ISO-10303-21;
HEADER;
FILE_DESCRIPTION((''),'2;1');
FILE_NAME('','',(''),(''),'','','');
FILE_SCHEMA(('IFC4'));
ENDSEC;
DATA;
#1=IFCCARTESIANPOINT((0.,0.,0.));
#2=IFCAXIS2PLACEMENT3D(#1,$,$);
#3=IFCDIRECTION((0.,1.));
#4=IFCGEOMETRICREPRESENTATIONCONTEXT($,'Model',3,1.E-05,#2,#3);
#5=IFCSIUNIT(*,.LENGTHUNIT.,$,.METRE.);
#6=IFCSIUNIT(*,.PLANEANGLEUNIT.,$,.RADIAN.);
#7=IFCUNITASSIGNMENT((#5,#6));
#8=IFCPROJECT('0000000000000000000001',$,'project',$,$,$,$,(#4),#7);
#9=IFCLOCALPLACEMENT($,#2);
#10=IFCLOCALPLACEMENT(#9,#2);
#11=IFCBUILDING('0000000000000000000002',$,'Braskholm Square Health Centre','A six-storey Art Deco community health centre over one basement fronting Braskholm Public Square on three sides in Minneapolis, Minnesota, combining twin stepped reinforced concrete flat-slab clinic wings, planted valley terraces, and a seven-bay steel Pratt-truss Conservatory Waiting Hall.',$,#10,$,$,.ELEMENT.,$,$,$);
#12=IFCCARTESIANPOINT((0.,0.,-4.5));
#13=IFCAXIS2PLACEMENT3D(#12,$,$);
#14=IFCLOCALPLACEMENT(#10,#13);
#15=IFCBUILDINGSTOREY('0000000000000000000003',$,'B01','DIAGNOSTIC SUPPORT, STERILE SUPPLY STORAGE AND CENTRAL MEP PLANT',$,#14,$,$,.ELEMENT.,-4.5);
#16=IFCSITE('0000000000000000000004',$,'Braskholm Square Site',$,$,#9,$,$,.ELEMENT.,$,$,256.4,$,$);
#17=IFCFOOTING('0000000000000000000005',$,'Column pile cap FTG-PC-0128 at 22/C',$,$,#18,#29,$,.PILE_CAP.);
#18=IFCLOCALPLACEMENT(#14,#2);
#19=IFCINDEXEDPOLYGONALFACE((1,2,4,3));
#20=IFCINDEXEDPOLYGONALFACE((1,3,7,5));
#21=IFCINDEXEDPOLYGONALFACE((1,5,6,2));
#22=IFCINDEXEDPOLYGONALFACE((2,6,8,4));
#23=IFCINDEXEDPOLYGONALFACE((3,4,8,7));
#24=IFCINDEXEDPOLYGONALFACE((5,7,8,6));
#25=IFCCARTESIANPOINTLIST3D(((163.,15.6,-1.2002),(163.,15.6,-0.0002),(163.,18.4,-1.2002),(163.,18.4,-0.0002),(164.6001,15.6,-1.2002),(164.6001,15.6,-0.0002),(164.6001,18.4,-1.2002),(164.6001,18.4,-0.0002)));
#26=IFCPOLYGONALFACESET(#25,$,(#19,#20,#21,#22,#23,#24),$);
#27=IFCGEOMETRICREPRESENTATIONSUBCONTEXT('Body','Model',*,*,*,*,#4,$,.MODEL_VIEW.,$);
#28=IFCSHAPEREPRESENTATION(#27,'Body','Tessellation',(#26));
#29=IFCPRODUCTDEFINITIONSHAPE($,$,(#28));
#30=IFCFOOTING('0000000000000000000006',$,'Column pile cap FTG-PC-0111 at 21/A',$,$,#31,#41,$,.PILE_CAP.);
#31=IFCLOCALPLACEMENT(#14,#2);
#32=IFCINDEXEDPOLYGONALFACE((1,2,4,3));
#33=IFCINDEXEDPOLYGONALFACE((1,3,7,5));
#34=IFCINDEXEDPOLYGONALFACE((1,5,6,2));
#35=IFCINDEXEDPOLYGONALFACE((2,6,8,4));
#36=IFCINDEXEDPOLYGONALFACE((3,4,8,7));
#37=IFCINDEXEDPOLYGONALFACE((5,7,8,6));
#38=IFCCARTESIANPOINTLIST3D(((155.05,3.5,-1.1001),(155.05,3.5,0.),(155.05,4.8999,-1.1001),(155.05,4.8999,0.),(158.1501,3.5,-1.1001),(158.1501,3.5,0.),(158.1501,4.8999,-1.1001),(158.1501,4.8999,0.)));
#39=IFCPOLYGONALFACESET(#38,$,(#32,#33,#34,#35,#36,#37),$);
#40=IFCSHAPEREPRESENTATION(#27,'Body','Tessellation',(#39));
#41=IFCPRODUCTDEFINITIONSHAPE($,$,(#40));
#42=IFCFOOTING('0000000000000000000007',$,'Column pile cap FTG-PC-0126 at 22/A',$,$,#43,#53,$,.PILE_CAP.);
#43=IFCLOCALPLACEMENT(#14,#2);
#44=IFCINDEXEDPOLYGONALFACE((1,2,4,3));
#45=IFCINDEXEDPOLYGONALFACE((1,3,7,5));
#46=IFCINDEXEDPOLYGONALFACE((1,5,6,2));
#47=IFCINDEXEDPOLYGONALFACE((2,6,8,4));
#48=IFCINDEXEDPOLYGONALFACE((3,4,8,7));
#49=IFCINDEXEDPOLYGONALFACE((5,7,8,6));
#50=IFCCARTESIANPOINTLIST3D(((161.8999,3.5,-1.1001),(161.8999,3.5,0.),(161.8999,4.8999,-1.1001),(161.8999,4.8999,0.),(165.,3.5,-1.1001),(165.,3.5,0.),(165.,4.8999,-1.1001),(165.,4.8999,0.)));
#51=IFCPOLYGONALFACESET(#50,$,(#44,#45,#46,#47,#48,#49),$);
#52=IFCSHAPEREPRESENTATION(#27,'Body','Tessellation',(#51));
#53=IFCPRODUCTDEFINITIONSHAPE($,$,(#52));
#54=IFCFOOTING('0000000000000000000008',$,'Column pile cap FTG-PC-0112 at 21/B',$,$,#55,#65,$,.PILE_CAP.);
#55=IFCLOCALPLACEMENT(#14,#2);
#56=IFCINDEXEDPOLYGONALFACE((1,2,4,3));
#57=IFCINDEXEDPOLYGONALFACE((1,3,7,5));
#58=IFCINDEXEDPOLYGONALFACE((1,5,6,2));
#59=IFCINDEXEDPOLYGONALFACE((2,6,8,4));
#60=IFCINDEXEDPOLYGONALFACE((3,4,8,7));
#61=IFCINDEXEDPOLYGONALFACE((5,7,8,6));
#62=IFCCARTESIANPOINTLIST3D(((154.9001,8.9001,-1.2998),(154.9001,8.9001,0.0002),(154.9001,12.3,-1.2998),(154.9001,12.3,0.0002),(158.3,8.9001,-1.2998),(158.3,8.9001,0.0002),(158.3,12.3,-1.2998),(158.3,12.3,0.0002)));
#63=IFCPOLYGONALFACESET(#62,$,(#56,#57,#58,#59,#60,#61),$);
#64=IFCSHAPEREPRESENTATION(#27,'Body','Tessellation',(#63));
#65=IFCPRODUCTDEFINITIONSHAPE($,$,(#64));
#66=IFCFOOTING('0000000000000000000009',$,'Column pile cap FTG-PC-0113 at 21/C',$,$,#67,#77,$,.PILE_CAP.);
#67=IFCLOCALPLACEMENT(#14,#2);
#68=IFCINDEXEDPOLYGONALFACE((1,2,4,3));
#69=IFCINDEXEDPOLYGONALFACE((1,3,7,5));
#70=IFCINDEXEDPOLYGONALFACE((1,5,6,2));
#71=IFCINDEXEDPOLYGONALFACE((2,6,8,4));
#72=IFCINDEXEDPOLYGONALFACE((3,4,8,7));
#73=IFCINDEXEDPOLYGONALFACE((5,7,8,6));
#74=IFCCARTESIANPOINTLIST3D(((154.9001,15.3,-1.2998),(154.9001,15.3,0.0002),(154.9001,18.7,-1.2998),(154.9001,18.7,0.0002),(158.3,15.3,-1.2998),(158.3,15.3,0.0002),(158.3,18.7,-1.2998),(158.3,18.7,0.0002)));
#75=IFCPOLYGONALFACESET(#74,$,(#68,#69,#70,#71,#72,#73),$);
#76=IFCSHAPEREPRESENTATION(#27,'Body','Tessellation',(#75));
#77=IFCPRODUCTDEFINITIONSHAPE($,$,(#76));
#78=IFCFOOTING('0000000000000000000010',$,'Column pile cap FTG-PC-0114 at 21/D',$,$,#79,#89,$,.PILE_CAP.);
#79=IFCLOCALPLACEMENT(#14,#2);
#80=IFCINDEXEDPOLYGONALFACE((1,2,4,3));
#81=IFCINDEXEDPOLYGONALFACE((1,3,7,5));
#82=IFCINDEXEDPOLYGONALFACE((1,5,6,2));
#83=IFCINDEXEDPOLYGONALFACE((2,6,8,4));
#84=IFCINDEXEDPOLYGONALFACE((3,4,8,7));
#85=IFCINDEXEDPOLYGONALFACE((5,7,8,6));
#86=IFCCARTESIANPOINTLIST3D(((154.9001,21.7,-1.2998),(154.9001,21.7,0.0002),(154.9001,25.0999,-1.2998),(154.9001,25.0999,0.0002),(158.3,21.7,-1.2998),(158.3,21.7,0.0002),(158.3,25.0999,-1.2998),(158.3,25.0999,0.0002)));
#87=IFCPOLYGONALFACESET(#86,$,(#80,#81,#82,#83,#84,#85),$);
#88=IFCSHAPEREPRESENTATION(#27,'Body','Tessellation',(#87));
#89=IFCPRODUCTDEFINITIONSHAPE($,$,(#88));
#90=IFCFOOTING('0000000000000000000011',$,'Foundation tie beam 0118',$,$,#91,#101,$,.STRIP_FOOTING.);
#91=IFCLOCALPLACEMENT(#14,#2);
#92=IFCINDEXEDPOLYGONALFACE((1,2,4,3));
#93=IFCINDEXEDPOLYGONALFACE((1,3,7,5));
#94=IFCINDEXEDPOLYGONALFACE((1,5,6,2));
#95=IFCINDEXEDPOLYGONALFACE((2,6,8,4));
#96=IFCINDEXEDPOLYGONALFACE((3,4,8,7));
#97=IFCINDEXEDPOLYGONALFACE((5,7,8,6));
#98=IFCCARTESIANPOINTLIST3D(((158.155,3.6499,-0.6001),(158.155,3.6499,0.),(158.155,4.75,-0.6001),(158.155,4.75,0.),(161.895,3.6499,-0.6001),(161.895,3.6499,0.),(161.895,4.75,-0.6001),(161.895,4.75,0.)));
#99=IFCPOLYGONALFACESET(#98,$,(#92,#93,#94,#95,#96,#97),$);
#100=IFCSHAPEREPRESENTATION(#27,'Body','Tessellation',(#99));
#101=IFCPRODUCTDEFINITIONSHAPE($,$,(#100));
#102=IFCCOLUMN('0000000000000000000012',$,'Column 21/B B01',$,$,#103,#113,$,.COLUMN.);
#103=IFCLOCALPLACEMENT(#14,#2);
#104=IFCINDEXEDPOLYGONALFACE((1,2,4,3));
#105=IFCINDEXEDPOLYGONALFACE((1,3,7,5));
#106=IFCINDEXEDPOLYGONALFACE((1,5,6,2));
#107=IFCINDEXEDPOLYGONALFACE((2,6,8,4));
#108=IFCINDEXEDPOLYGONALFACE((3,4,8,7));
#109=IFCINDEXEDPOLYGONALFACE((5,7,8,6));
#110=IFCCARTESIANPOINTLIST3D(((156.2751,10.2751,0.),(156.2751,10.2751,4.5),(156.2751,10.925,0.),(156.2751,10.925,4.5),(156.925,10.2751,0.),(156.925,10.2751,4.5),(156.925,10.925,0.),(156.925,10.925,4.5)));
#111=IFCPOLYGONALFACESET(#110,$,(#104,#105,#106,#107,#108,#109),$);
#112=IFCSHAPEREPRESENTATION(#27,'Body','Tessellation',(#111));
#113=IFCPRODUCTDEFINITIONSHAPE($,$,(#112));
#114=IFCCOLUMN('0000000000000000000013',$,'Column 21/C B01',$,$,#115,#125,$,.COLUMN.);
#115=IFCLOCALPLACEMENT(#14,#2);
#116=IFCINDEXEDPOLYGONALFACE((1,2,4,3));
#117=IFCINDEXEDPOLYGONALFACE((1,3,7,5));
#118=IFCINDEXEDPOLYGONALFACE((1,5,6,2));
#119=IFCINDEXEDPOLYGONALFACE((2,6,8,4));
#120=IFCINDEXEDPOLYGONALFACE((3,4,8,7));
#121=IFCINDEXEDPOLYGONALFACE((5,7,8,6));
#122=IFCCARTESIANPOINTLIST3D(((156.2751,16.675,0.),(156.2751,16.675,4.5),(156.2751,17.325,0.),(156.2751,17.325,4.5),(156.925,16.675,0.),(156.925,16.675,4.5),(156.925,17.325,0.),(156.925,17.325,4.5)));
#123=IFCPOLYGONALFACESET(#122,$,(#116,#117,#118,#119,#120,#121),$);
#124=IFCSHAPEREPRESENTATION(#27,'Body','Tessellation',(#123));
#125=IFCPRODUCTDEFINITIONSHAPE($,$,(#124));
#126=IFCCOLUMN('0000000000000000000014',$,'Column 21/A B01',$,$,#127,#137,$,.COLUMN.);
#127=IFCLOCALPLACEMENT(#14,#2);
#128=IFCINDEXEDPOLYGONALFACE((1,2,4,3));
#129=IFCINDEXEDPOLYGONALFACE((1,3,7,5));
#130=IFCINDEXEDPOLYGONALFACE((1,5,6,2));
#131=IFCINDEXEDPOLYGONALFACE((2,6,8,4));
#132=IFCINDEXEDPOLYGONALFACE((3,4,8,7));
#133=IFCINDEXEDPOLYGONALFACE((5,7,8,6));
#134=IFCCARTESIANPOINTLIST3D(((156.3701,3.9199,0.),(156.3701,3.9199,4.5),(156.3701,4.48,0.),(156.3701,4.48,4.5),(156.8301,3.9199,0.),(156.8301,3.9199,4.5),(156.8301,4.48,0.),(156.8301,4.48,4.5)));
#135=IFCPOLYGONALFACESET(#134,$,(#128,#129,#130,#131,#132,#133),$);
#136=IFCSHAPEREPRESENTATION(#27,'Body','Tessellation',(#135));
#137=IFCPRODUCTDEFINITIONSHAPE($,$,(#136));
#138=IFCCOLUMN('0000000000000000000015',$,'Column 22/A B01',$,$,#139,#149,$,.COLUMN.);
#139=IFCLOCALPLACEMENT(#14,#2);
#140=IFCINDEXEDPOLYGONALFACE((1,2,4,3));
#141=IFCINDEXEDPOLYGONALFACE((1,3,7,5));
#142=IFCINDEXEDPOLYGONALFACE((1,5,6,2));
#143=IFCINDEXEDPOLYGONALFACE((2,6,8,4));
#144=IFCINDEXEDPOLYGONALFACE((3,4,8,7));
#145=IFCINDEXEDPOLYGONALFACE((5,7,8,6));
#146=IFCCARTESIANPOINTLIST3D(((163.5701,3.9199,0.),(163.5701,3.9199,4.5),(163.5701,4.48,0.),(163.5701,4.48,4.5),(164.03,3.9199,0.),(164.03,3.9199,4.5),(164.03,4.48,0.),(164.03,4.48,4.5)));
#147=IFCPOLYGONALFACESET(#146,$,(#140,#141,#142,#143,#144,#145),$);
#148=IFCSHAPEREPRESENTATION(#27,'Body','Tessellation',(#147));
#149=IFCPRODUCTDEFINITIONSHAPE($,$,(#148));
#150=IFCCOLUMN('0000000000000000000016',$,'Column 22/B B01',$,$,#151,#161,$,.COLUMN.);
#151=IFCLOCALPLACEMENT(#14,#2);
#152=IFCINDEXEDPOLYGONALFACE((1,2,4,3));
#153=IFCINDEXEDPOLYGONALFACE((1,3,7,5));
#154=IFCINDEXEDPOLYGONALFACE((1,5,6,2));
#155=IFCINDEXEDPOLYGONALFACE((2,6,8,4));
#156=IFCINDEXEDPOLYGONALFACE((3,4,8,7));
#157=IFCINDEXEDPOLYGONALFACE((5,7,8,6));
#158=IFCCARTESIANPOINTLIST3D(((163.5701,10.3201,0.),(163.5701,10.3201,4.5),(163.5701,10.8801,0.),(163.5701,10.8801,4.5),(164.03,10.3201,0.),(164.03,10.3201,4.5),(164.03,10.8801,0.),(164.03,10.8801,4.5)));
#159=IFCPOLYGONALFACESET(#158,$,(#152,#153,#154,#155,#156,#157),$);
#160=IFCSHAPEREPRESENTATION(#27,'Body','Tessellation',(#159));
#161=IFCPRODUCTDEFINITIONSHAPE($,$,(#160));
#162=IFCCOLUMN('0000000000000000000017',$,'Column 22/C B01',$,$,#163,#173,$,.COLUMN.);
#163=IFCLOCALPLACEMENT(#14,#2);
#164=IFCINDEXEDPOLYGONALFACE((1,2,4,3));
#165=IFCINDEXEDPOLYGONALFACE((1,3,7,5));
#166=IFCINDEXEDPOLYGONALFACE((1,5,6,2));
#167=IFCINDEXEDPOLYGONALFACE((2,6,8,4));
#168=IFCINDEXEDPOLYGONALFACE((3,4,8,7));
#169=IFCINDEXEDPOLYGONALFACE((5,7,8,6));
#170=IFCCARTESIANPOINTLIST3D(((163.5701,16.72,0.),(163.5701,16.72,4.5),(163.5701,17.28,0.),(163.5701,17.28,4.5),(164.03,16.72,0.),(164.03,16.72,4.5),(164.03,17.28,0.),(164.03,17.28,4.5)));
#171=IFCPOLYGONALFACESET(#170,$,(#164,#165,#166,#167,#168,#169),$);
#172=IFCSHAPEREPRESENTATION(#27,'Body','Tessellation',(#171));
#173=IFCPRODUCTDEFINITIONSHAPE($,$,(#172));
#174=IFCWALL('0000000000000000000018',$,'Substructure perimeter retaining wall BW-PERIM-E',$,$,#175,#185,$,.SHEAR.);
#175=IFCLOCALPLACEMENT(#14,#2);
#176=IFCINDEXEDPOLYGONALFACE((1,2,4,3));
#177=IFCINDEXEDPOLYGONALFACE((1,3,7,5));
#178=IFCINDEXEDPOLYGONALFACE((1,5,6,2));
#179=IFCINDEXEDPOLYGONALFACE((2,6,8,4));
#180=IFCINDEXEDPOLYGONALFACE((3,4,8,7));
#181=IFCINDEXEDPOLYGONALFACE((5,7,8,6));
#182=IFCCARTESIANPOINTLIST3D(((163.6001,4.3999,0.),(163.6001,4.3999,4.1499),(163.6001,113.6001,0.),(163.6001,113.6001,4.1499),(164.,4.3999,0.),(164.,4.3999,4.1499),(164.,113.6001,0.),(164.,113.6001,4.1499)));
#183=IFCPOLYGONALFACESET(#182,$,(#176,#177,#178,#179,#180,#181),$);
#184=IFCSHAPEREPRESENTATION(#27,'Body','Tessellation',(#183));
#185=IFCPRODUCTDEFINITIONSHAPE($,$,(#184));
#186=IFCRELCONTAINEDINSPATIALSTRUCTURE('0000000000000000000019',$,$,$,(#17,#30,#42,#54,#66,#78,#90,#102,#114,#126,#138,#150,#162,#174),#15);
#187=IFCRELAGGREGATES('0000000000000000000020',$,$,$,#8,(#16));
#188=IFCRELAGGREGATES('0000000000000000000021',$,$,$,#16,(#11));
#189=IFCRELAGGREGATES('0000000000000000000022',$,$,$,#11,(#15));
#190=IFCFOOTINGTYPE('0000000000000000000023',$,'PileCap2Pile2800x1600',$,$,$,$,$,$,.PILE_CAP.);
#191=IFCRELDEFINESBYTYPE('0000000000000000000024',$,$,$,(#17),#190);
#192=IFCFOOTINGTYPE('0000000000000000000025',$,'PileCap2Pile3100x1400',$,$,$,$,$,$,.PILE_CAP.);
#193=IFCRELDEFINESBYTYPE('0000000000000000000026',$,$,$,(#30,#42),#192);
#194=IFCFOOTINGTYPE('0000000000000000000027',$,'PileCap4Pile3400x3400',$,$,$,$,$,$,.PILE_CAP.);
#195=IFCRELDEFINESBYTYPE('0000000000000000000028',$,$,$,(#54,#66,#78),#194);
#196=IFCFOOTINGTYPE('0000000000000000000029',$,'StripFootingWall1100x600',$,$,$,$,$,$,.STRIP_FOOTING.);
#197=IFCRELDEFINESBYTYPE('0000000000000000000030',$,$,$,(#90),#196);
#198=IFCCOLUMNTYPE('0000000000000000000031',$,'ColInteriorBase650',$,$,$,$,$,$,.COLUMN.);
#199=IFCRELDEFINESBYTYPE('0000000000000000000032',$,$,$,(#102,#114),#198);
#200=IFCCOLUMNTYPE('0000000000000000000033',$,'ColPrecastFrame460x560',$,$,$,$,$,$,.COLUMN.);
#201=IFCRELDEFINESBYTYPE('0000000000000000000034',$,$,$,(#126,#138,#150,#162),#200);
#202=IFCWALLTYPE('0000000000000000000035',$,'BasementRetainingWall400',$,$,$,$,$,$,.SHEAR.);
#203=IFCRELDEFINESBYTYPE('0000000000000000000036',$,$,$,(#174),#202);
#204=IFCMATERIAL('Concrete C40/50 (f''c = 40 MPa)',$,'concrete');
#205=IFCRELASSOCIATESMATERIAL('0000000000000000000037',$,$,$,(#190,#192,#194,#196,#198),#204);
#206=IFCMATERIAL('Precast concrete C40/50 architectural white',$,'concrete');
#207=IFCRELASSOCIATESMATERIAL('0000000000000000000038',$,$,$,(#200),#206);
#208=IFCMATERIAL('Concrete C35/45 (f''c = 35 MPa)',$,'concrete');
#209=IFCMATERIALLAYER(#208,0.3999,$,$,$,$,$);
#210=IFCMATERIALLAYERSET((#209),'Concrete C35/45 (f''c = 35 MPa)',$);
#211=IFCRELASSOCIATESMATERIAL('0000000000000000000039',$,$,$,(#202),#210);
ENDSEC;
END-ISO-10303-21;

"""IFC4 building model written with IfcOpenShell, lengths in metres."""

from ifc_helpers import new_model, si_unit, direction, frame, frame_2d, origin, origin_2d, place, context, subcontext, project, spatial, rectangle, extrude, material, layer, layer_set, material_profile, profile_set, type_object, element, save


model = new_model("IFC4")

# Units and contexts
model_context = context("Model", 3, precision=1e-05, world=origin(), true_north=direction((0.0, 1.0)))
body_context = subcontext(model_context, "Body", "Model", "MODEL_VIEW")
ifc_project = project(units=[si_unit("LENGTHUNIT", "METRE"), si_unit("PLANEANGLEUNIT", "RADIAN")], contexts=[model_context])

# Site, building, storey
site_placement = place(None, origin())
site = spatial("IfcSite", under=ifc_project, at=site_placement, Name="Braskholm Square Site", CompositionType="ELEMENT", RefElevation=256.4)
building_placement = place(site_placement, origin())
building = spatial("IfcBuilding", under=site, at=building_placement, Name="Braskholm Square Health Centre", Description="A six-storey Art Deco community health centre over one basement fronting Braskholm Public Square on three sides in Minneapolis, Minnesota, combining twin stepped reinforced concrete flat-slab clinic wings, planted valley terraces, and a seven-bay steel Pratt-truss Conservatory Waiting Hall.", CompositionType="ELEMENT")
storey_placement = place(building_placement, frame((0.0, 0.0, -4.5)))
storey = spatial("IfcBuildingStorey", under=building, at=storey_placement, Name="B01", Description="DIAGNOSTIC SUPPORT, STERILE SUPPLY STORAGE AND CENTRAL MEP PLANT", CompositionType="ELEMENT", Elevation=-4.5)

# Shared definitions
ifc_material_1 = material(Name="Concrete C40/50 (f'c = 40 MPa)", Category="concrete")

# Footings
footing_type_1 = type_object("IfcFootingType", Name="PileCap2Pile2800x1600", PredefinedType="PILE_CAP", material=ifc_material_1)
for number, where, z_axis, x_axis, name in (
    (1, (163.8, 17.0, -1.2002), (0.0, 0.0, 1.0), (0.0, 1.0, 0.0), "Column pile cap FTG-PC-0128 at 22/C"),
):
    element("IfcFooting", number, at=place(storey_placement, frame(where, z_axis=z_axis, x_axis=x_axis)), inside=storey, type_object=footing_type_1, Name=name, PredefinedType="PILE_CAP", context=body_context, shape_type="SweptSolid", body=[
        extrude(rectangle(XDim=2.8, YDim=1.6001, at=origin_2d()), origin(), (0.0, 0.0, 1.0), 1.2),
    ])
footing_type_2 = type_object("IfcFootingType", Name="PileCap2Pile3100x1400", PredefinedType="PILE_CAP", material=ifc_material_1)
for number, where, z_axis, x_axis, name in (
    (2, (156.6001, 4.2, -1.1001), (0.0, 0.0, 1.0), (1.0, 0.0, 0.0), "Column pile cap FTG-PC-0111 at 21/A"),
    (3, (163.45, 4.2, -1.1001), (0.0, 0.0, 1.0), (1.0, 0.0, 0.0), "Column pile cap FTG-PC-0126 at 22/A"),
):
    element("IfcFooting", number, at=place(storey_placement, frame(where, z_axis=z_axis, x_axis=x_axis)), inside=storey, type_object=footing_type_2, Name=name, PredefinedType="PILE_CAP", context=body_context, shape_type="SweptSolid", body=[
        extrude(rectangle(XDim=3.1001, YDim=1.3999, at=origin_2d()), origin(), (0.0, 0.0, 1.0), 1.1001),
    ])
footing_type_3 = type_object("IfcFootingType", Name="PileCap4Pile3400x3400", PredefinedType="PILE_CAP", material=ifc_material_1)
for number, where, z_axis, x_axis, name in (
    (4, (156.6001, 10.6001, -1.2998), (0.0, 0.0, 1.0), (1.0, 0.0, 0.0), "Column pile cap FTG-PC-0112 at 21/B"),
    (5, (156.6001, 17.0, -1.2998), (0.0, 0.0, 1.0), (1.0, 0.0, 0.0), "Column pile cap FTG-PC-0113 at 21/C"),
    (6, (156.6001, 23.3999, -1.2998), (0.0, 0.0, 1.0), (1.0, 0.0, 0.0), "Column pile cap FTG-PC-0114 at 21/D"),
):
    element("IfcFooting", number, at=place(storey_placement, frame(where, z_axis=z_axis, x_axis=x_axis)), inside=storey, type_object=footing_type_3, Name=name, PredefinedType="PILE_CAP", context=body_context, shape_type="SweptSolid", body=[
        extrude(rectangle(XDim=3.3999, YDim=3.3999, at=origin_2d()), origin(), (0.0, 0.0, 1.0), 1.3),
    ])
ifc_material_profile_1 = material_profile(ifc_material_1, rectangle(XDim=1.1001, YDim=0.6001, at=origin_2d()), Name="FTG-1100X600")
ifc_profile_set_1 = profile_set([ifc_material_profile_1], Name="Concrete C40/50 (f'c = 40 MPa)")
footing_type_4 = type_object("IfcFootingType", Name="StripFootingWall1100x600", PredefinedType="STRIP_FOOTING", material=ifc_profile_set_1)
footing_1_placement = place(storey_placement, frame((158.155, 4.2, -0.3), z_axis=(1.0, 0.0, 0.0), x_axis=(0.0, 1.0, 0.0)))
element("IfcFooting", 7, at=footing_1_placement, inside=storey, type_object=footing_type_4, Name="Foundation tie beam 0118", PredefinedType="STRIP_FOOTING", context=body_context, shape_type="SweptSolid", body=[
    extrude(rectangle(XDim=1.1001, YDim=0.6001, at=origin_2d()), origin(), (0.0, 0.0, 1.0), 3.74),
])

# Columns
ifc_material_profile_2 = material_profile(ifc_material_1, rectangle(XDim=0.6499, YDim=0.6499, at=origin_2d()), Name="RC-650X650")
ifc_profile_set_2 = profile_set([ifc_material_profile_2], Name="Concrete C40/50 (f'c = 40 MPa)")
column_type_1 = type_object("IfcColumnType", Name="ColInteriorBase650", PredefinedType="COLUMN", material=ifc_profile_set_2)
for number, where, z_axis, x_axis, name in (
    (8, (156.6001, 10.6001, 0.0), (0.0, 0.0, 1.0), (1.0, 0.0, 0.0), "Column 21/B B01"),
    (9, (156.6001, 17.0, 0.0), (0.0, 0.0, 1.0), (1.0, 0.0, 0.0), "Column 21/C B01"),
):
    element("IfcColumn", number, at=place(storey_placement, frame(where, z_axis=z_axis, x_axis=x_axis)), inside=storey, type_object=column_type_1, Name=name, PredefinedType="COLUMN", context=body_context, shape_type="SweptSolid", body=[
        extrude(rectangle(XDim=0.6499, YDim=0.6499, at=origin_2d()), origin(), (0.0, 0.0, 1.0), 4.5),
    ])
ifc_material_2 = material(Name="Precast concrete C40/50 architectural white", Category="concrete")
ifc_material_profile_3 = material_profile(ifc_material_2, rectangle(XDim=0.46, YDim=0.5601, at=origin_2d()), Name="RC-460X560")
ifc_profile_set_3 = profile_set([ifc_material_profile_3], Name="Precast concrete C40/50 architectural white")
column_type_2 = type_object("IfcColumnType", Name="ColPrecastFrame460x560", PredefinedType="COLUMN", material=ifc_profile_set_3)
for number, where, z_axis, x_axis, name in (
    (10, (156.6001, 4.2, 0.0), (0.0, 0.0, 1.0), (1.0, 0.0, 0.0), "Column 21/A B01"),
    (11, (163.8, 4.2, 0.0), (0.0, 0.0, 1.0), (1.0, 0.0, 0.0), "Column 22/A B01"),
    (12, (163.8, 10.6001, 0.0), (0.0, 0.0, 1.0), (1.0, 0.0, 0.0), "Column 22/B B01"),
    (13, (163.8, 17.0, 0.0), (0.0, 0.0, 1.0), (1.0, 0.0, 0.0), "Column 22/C B01"),
):
    element("IfcColumn", number, at=place(storey_placement, frame(where, z_axis=z_axis, x_axis=x_axis)), inside=storey, type_object=column_type_2, Name=name, PredefinedType="COLUMN", context=body_context, shape_type="SweptSolid", body=[
        extrude(rectangle(XDim=0.46, YDim=0.5601, at=origin_2d()), origin(), (0.0, 0.0, 1.0), 4.5),
    ])

# Wall
ifc_material_3 = material(Name="Concrete C35/45 (f'c = 35 MPa)", Category="concrete")
ifc_layer = layer(ifc_material_3, 0.3999)
ifc_layer_set = layer_set([ifc_layer], Name="Concrete C35/45 (f'c = 35 MPa)")
wall_type = type_object("IfcWallType", Name="BasementRetainingWall400", PredefinedType="SHEAR", material=ifc_layer_set)
wall_placement = place(storey_placement, frame((163.8, 4.3999, 0.0), z_axis=(0.0, 0.0, 1.0), x_axis=(0.0, 1.0, 0.0)))
element("IfcWall", 14, at=wall_placement, inside=storey, type_object=wall_type, Name="Substructure perimeter retaining wall BW-PERIM-E", PredefinedType="SHEAR", context=body_context, shape_type="SweptSolid", body=[
    extrude(rectangle(XDim=109.2002, YDim=0.3999, at=frame_2d((54.6001, 0.0))), origin(), (0.0, 0.0, 1.0), 4.1499),
])

save(model, "model.ifc")
